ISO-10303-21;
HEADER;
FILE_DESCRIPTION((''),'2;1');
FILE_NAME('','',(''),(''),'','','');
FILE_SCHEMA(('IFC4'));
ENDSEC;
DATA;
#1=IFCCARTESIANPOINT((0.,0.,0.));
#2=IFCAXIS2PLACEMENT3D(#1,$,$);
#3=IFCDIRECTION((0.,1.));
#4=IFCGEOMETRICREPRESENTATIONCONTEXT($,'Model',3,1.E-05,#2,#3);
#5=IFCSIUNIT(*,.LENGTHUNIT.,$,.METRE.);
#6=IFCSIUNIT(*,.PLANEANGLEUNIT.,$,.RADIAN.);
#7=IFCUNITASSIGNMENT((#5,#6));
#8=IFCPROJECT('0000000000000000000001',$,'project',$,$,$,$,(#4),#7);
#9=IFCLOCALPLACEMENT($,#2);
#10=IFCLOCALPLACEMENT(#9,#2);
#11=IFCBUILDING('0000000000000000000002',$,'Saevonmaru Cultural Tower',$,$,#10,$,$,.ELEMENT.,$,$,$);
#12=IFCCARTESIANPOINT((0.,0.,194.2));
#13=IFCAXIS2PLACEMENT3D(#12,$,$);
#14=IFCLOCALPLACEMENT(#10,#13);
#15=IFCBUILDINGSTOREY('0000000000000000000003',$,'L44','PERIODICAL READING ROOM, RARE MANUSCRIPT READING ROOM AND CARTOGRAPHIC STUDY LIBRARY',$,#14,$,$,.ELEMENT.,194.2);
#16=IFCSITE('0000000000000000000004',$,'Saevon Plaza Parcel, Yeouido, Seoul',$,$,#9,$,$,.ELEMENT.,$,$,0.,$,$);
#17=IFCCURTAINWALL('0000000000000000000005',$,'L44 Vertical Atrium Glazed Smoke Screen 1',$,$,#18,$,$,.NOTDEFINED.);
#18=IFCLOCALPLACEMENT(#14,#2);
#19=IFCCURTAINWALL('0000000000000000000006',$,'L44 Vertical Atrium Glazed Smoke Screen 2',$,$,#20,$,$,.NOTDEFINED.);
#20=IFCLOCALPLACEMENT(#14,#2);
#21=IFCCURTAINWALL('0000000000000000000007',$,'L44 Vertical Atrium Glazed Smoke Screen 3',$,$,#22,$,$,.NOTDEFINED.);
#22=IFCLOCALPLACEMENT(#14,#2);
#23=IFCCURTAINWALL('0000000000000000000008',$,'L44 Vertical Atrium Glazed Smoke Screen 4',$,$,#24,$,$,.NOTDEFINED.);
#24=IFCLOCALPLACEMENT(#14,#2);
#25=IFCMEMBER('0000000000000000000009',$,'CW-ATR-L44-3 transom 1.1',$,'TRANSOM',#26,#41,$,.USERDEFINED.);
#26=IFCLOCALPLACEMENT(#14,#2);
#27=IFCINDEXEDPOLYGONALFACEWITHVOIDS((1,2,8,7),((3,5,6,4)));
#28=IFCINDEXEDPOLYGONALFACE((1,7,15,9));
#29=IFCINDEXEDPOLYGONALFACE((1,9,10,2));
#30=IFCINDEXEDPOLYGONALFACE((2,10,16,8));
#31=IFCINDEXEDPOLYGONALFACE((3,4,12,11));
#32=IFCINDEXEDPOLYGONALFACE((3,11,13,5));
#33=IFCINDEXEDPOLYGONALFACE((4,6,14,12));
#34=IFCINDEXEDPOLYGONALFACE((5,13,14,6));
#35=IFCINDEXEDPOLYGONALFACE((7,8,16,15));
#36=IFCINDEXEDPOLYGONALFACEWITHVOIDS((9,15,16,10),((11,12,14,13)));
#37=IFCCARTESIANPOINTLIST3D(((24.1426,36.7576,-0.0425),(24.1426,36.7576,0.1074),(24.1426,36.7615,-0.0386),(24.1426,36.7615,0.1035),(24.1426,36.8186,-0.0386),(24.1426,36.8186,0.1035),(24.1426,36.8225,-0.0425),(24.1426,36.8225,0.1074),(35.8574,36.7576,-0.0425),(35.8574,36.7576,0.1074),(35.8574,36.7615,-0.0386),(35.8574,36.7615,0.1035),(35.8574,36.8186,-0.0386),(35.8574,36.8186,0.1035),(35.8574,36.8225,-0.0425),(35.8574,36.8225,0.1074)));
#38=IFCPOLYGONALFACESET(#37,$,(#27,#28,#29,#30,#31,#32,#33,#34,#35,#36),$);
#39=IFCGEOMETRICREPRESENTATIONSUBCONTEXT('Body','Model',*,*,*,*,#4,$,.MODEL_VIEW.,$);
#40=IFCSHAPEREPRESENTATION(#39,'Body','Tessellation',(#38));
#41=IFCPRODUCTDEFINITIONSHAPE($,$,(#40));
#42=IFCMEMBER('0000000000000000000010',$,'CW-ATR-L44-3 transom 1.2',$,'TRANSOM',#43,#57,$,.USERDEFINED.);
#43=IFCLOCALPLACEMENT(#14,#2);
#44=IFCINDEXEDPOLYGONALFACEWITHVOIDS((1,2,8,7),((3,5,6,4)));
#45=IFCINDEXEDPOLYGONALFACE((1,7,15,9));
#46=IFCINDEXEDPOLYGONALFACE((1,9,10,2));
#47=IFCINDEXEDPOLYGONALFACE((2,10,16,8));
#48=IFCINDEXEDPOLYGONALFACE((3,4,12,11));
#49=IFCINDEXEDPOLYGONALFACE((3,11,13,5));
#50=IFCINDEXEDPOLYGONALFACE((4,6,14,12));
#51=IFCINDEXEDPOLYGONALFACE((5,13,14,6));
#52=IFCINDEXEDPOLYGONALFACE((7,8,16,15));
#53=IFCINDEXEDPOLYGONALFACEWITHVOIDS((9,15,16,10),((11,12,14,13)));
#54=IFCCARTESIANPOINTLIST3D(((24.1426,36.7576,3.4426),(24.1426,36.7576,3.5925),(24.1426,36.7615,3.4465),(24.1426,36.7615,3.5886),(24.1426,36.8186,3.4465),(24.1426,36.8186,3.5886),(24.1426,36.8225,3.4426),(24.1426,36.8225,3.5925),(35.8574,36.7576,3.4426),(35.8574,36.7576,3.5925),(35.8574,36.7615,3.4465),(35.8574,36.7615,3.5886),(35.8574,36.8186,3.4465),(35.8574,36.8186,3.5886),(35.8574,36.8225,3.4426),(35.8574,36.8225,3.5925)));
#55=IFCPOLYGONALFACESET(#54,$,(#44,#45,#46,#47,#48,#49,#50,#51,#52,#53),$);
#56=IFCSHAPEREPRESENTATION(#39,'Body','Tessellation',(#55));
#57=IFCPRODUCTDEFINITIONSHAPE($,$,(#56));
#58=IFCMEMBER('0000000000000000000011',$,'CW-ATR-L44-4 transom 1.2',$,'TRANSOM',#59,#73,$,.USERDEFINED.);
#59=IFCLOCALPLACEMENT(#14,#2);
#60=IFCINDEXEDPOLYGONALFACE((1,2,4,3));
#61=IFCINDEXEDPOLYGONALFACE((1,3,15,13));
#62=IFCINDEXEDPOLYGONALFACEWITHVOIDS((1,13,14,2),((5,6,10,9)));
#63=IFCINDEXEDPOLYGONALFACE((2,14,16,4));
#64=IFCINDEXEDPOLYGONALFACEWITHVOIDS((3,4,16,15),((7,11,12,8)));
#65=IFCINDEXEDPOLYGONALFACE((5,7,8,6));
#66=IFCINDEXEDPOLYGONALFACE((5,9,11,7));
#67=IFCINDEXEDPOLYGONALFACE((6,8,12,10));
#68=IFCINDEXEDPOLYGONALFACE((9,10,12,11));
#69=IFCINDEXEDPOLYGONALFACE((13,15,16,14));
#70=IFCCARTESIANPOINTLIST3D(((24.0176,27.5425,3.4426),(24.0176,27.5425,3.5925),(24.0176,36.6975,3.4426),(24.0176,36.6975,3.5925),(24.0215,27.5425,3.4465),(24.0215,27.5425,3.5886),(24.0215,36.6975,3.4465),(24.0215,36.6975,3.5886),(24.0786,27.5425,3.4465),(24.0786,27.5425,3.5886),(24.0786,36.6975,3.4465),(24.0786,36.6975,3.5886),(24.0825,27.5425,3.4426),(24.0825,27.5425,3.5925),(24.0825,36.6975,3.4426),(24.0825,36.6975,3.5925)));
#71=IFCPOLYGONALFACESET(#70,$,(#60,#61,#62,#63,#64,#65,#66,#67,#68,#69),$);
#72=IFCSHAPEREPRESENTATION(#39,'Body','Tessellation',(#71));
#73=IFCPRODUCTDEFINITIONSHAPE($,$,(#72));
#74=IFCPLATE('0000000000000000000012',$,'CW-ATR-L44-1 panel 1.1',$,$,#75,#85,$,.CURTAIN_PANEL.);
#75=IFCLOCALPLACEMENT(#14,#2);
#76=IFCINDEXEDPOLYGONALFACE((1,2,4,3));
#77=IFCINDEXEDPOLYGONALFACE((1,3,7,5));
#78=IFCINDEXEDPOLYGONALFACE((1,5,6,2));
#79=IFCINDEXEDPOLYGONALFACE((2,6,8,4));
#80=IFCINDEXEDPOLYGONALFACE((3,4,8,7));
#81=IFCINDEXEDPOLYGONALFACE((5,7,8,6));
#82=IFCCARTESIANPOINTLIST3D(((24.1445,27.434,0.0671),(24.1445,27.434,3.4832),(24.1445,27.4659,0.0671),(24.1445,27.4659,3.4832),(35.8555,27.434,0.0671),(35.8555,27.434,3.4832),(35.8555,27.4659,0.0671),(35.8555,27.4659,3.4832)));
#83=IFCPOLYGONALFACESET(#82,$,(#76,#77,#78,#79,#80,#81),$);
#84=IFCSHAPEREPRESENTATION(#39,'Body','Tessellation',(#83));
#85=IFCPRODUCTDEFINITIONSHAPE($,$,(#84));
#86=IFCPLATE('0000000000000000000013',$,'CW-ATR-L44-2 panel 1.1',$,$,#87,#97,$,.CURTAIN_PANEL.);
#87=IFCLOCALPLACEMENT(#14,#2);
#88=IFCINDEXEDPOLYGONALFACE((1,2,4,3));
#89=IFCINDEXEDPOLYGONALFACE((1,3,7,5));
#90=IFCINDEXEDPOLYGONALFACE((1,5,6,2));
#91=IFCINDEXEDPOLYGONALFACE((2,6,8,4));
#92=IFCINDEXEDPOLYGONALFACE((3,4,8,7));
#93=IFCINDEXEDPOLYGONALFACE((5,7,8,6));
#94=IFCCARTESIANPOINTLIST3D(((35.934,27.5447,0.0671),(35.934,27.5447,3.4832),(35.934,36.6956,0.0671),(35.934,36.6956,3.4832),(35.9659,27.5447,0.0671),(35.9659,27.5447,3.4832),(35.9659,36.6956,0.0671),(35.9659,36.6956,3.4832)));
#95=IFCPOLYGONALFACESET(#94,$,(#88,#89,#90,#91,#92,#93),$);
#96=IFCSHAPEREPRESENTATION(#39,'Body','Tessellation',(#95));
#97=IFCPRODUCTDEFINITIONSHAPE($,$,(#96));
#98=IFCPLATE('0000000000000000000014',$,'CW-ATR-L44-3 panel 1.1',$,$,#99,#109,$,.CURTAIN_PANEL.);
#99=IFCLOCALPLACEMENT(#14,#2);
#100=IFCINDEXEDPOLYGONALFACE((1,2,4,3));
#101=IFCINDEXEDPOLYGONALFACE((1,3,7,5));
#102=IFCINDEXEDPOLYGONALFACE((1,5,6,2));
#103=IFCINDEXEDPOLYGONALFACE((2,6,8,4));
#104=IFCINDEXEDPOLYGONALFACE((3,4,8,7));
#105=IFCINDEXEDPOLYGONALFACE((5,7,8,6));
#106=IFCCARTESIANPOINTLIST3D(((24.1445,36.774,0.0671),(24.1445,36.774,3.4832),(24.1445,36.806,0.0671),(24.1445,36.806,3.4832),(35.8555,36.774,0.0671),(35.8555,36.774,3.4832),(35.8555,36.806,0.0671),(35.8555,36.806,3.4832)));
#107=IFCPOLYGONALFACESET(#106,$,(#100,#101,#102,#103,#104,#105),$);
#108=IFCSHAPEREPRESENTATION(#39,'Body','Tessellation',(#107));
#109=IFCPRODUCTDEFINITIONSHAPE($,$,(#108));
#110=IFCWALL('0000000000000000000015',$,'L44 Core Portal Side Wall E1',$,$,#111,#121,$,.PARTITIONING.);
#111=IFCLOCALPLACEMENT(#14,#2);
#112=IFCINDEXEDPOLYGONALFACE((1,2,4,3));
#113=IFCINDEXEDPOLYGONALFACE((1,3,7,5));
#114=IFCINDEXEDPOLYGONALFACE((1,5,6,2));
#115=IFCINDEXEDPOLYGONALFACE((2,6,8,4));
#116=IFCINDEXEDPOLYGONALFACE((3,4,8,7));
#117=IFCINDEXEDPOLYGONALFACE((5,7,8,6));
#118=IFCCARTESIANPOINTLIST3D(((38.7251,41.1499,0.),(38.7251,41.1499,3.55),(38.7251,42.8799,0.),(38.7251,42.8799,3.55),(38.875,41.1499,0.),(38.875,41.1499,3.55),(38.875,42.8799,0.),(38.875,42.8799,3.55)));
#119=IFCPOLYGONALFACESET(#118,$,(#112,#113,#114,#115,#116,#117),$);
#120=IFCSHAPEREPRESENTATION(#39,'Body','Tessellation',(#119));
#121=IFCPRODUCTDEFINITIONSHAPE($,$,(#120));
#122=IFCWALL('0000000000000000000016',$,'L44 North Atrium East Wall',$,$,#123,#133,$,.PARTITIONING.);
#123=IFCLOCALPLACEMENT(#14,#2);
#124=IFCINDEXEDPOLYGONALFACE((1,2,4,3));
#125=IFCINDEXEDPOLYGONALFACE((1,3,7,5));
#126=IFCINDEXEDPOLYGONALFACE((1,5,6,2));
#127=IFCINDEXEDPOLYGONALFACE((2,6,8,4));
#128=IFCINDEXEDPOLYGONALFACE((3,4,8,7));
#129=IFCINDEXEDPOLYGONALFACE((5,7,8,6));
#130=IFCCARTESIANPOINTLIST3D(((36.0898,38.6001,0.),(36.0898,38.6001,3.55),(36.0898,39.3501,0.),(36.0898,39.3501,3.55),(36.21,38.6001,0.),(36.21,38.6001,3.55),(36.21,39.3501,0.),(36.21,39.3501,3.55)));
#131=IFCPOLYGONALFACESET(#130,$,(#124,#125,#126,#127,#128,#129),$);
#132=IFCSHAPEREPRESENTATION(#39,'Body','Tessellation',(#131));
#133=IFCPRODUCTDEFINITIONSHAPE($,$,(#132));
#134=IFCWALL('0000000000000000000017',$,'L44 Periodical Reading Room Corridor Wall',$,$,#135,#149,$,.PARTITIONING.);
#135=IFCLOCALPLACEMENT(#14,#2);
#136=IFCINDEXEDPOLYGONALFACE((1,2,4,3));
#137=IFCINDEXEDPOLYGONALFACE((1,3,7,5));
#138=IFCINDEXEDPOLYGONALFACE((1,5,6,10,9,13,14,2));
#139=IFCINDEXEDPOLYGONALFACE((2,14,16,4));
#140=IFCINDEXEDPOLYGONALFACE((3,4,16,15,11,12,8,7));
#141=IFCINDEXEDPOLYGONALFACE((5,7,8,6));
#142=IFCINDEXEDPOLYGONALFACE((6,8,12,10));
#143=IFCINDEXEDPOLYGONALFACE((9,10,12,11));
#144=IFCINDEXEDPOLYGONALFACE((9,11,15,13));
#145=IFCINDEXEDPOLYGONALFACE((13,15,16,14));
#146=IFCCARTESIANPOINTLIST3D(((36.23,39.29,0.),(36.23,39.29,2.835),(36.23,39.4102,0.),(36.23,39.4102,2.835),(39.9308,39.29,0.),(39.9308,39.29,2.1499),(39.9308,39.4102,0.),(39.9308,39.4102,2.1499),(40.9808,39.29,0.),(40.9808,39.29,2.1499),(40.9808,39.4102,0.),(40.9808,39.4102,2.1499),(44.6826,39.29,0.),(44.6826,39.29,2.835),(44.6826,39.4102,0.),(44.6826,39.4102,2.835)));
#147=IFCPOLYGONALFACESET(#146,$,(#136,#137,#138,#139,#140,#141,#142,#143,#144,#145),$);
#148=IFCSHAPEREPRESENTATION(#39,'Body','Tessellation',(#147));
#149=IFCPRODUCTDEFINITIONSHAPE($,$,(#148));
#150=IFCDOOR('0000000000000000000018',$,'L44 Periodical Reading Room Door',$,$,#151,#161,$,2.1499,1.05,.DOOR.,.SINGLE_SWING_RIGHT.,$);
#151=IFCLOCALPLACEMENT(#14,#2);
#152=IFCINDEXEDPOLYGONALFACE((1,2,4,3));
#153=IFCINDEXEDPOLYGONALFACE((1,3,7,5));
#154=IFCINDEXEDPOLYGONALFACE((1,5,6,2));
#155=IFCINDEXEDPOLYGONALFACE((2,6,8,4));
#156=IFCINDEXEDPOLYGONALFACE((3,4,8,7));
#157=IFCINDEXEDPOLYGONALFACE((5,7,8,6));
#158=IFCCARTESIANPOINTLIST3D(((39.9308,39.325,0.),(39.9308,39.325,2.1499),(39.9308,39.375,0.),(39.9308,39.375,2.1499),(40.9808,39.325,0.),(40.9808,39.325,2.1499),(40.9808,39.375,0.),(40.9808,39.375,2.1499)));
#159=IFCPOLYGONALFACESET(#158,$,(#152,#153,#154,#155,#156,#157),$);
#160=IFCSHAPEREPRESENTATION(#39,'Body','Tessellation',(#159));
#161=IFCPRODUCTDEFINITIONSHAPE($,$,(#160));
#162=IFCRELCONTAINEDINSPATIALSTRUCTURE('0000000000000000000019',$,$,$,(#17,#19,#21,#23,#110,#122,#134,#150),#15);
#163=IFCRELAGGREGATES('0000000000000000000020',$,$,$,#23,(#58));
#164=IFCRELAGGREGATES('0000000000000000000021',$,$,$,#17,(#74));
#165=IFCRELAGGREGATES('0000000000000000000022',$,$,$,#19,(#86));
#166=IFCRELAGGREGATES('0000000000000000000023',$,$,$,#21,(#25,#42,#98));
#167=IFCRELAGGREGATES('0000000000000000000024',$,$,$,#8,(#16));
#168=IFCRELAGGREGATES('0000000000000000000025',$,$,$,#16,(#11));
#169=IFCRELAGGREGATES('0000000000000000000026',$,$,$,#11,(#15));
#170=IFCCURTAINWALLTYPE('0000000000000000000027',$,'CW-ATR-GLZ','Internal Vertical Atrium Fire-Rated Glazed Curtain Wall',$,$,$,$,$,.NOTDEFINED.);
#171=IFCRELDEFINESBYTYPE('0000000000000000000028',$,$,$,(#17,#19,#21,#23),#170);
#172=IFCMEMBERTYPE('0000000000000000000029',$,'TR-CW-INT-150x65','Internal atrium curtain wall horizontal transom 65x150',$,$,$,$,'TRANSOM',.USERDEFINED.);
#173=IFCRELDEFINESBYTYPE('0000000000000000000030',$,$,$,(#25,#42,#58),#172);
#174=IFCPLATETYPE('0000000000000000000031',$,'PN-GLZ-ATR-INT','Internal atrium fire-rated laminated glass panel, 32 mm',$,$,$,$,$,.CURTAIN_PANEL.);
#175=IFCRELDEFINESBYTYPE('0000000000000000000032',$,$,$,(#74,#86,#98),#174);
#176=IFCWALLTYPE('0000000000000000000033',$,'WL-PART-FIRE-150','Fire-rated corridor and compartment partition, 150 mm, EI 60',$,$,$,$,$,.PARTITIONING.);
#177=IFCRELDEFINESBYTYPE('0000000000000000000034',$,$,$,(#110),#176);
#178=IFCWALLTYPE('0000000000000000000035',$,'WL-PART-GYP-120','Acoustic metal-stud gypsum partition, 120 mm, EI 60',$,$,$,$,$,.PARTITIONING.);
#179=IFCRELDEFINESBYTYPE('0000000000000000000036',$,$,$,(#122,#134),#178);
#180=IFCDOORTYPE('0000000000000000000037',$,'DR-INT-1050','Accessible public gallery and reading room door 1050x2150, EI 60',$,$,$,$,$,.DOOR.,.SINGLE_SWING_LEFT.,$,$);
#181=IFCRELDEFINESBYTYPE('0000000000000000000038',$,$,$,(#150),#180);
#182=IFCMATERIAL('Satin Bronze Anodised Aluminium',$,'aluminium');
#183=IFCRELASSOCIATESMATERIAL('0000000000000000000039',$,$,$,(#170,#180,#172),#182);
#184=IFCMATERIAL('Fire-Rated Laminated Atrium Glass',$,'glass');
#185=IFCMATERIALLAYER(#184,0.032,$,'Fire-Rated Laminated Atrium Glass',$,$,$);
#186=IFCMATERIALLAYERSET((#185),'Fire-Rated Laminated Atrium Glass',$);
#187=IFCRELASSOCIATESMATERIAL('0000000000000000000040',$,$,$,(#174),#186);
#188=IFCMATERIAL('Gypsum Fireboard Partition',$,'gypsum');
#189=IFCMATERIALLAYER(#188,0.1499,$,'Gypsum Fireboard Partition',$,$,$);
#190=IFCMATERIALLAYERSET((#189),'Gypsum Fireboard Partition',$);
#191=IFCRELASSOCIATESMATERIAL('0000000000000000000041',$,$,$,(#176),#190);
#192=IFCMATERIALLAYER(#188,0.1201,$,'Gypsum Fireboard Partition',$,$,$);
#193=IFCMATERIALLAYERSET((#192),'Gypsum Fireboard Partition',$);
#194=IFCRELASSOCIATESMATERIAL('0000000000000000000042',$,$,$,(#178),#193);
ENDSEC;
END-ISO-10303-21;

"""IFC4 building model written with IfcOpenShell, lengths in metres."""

from ifc_helpers import new_model, si_unit, direction, frame, frame_2d, origin, origin_2d, place, context, subcontext, project, spatial, rectangle, hollow_rectangle, extrude, material, layer, layer_set, material_profile, profile_set, type_object, element, fill, aggregate, save


model = new_model("IFC4")

# Units and contexts
model_context = context("Model", 3, precision=1e-05, world=origin(), true_north=direction((0.0, 1.0)))
body_context = subcontext(model_context, "Body", "Model", "MODEL_VIEW")
ifc_project = project(units=[si_unit("LENGTHUNIT", "METRE"), si_unit("PLANEANGLEUNIT", "RADIAN")], contexts=[model_context])

# Site, building, storey
site_placement = place(None, origin())
site = spatial("IfcSite", under=ifc_project, at=site_placement, Name="Saevon Plaza Parcel, Yeouido, Seoul", CompositionType="ELEMENT", RefElevation=0.0)
building_placement = place(site_placement, origin())
building = spatial("IfcBuilding", under=site, at=building_placement, Name="Saevonmaru Cultural Tower", CompositionType="ELEMENT")
storey_placement = place(building_placement, frame((0.0, 0.0, 194.2)))
storey = spatial("IfcBuildingStorey", under=building, at=storey_placement, Name="L44", Description="PERIODICAL READING ROOM, RARE MANUSCRIPT READING ROOM AND CARTOGRAPHIC STUDY LIBRARY", CompositionType="ELEMENT", Elevation=194.2)

# Curtain walls
ifc_material_1 = material(Name="Satin Bronze Anodised Aluminium", Category="aluminium")
curtain_wall_type = type_object("IfcCurtainWallType", Name="CW-ATR-GLZ", Description="Internal Vertical Atrium Fire-Rated Glazed Curtain Wall", PredefinedType="NOTDEFINED", material=ifc_material_1)
curtain_wall_1_placement = place(storey_placement, origin())
curtain_wall_1 = element("IfcCurtainWall", 1, at=curtain_wall_1_placement, inside=storey, type_object=curtain_wall_type, Name="L44 Vertical Atrium Glazed Smoke Screen 1", PredefinedType="NOTDEFINED")
curtain_wall_2_placement = place(storey_placement, origin())
curtain_wall_2 = element("IfcCurtainWall", 2, at=curtain_wall_2_placement, inside=storey, type_object=curtain_wall_type, Name="L44 Vertical Atrium Glazed Smoke Screen 2", PredefinedType="NOTDEFINED")
curtain_wall_3_placement = place(storey_placement, origin())
curtain_wall_3 = element("IfcCurtainWall", 3, at=curtain_wall_3_placement, inside=storey, type_object=curtain_wall_type, Name="L44 Vertical Atrium Glazed Smoke Screen 3", PredefinedType="NOTDEFINED")

# Curtain wall
curtain_wall_4_placement = place(storey_placement, origin())
curtain_wall_4 = element("IfcCurtainWall", 4, at=curtain_wall_4_placement, inside=storey, type_object=curtain_wall_type, Name="L44 Vertical Atrium Glazed Smoke Screen 4", PredefinedType="NOTDEFINED")

# Members
ifc_material_profile_1 = material_profile(ifc_material_1, hollow_rectangle(XDim=0.0649, YDim=0.1499, WallThickness=0.0039, at=origin_2d()), Name="ALU-TRAN-150x65x4")
ifc_profile_set_1 = profile_set([ifc_material_profile_1], Name="Satin Bronze Anodised Aluminium")
member_type_1 = type_object("IfcMemberType", Name="TR-CW-INT-150x65", Description="Internal atrium curtain wall horizontal transom 65x150", ElementType="TRANSOM", PredefinedType="USERDEFINED", material=ifc_profile_set_1)
member_1_placement = place(storey_placement, frame((35.8574, 36.79, 0.0325), z_axis=(-1.0, 0.0, 0.0), x_axis=(0.0, -1.0, 0.0)))
member_1 = element("IfcMember", 5, at=member_1_placement, type_object=member_type_1, Name="CW-ATR-L44-3 transom 1.1", ObjectType="TRANSOM", PredefinedType="USERDEFINED", context=body_context, shape_type="SweptSolid", body=[
    extrude(hollow_rectangle(XDim=0.0649, YDim=0.1499, WallThickness=0.0039, at=origin_2d()), origin(), (0.0, 0.0, 1.0), 11.7148),
])
member_2_placement = place(storey_placement, frame((35.8574, 36.79, 3.5176), z_axis=(-1.0, 0.0, 0.0), x_axis=(0.0, -1.0, 0.0)))
member_2 = element("IfcMember", 6, at=member_2_placement, type_object=member_type_1, Name="CW-ATR-L44-3 transom 1.2", ObjectType="TRANSOM", PredefinedType="USERDEFINED", context=body_context, shape_type="SweptSolid", body=[
    extrude(hollow_rectangle(XDim=0.0649, YDim=0.1499, WallThickness=0.0039, at=origin_2d()), origin(), (0.0, 0.0, 1.0), 11.7148),
])
member_3_placement = place(storey_placement, frame((24.05, 36.6975, 3.5176), z_axis=(0.0, -1.0, 0.0), x_axis=(1.0, 0.0, 0.0)))
member_3 = element("IfcMember", 7, at=member_3_placement, type_object=member_type_1, Name="CW-ATR-L44-4 transom 1.2", ObjectType="TRANSOM", PredefinedType="USERDEFINED", context=body_context, shape_type="SweptSolid", body=[
    extrude(hollow_rectangle(XDim=0.0649, YDim=0.1499, WallThickness=0.0039, at=origin_2d()), origin(), (0.0, 0.0, 1.0), 9.155),
])
aggregate(curtain_wall_4, [member_3])

# Plates
ifc_material_2 = material(Name="Fire-Rated Laminated Atrium Glass", Category="glass")
ifc_layer_1 = layer(ifc_material_2, 0.032, Name="Fire-Rated Laminated Atrium Glass")
ifc_layer_set_1 = layer_set([ifc_layer_1], Name="Fire-Rated Laminated Atrium Glass")
plate_type = type_object("IfcPlateType", Name="PN-GLZ-ATR-INT", Description="Internal atrium fire-rated laminated glass panel, 32 mm", PredefinedType="CURTAIN_PANEL", material=ifc_layer_set_1)
plate_1_placement = place(storey_placement, frame((30.0, 27.45, 0.0671), z_axis=(0.0, 0.0, 1.0), x_axis=(1.0, 0.0, 0.0)))
plate_1 = element("IfcPlate", 8, at=plate_1_placement, type_object=plate_type, Name="CW-ATR-L44-1 panel 1.1", PredefinedType="CURTAIN_PANEL", context=body_context, shape_type="SweptSolid", body=[
    extrude(rectangle(XDim=11.7109, YDim=0.032, at=origin_2d()), origin(), (0.0, 0.0, 1.0), 3.416),
])
aggregate(curtain_wall_1, [plate_1])
plate_2_placement = place(storey_placement, frame((35.95, 32.1201, 0.0671), z_axis=(0.0, 0.0, 1.0), x_axis=(0.0, 1.0, 0.0)))
plate_2 = element("IfcPlate", 9, at=plate_2_placement, type_object=plate_type, Name="CW-ATR-L44-2 panel 1.1", PredefinedType="CURTAIN_PANEL", context=body_context, shape_type="SweptSolid", body=[
    extrude(rectangle(XDim=9.1509, YDim=0.032, at=origin_2d()), origin(), (0.0, 0.0, 1.0), 3.416),
])
aggregate(curtain_wall_2, [plate_2])
plate_3_placement = place(storey_placement, frame((30.0, 36.79, 0.0671), z_axis=(0.0, 0.0, 1.0), x_axis=(-1.0, 0.0, 0.0)))
plate_3 = element("IfcPlate", 10, at=plate_3_placement, type_object=plate_type, Name="CW-ATR-L44-3 panel 1.1", PredefinedType="CURTAIN_PANEL", context=body_context, shape_type="SweptSolid", body=[
    extrude(rectangle(XDim=11.7109, YDim=0.032, at=origin_2d()), origin(), (0.0, 0.0, 1.0), 3.416),
])
aggregate(curtain_wall_3, [member_1, member_2, plate_3])

# Walls
ifc_material_3 = material(Name="Gypsum Fireboard Partition", Category="gypsum")
ifc_layer_2 = layer(ifc_material_3, 0.1499, Name="Gypsum Fireboard Partition")
ifc_layer_set_2 = layer_set([ifc_layer_2], Name="Gypsum Fireboard Partition")
wall_type_1 = type_object("IfcWallType", Name="WL-PART-FIRE-150", Description="Fire-rated corridor and compartment partition, 150 mm, EI 60", PredefinedType="PARTITIONING", material=ifc_layer_set_2)
wall_1_placement = place(storey_placement, frame((38.8, 41.1499, 0.0), z_axis=(0.0, 0.0, 1.0), x_axis=(0.0, 1.0, 0.0)))
element("IfcWall", 11, at=wall_1_placement, inside=storey, type_object=wall_type_1, Name="L44 Core Portal Side Wall E1", PredefinedType="PARTITIONING", context=body_context, shape_type="SweptSolid", body=[
    extrude(rectangle(XDim=1.73, YDim=0.1499, at=frame_2d((0.865, 0.0))), origin(), (0.0, 0.0, 1.0), 3.55),
])
ifc_layer_3 = layer(ifc_material_3, 0.1201, Name="Gypsum Fireboard Partition")
ifc_layer_set_3 = layer_set([ifc_layer_3], Name="Gypsum Fireboard Partition")
wall_type_2 = type_object("IfcWallType", Name="WL-PART-GYP-120", Description="Acoustic metal-stud gypsum partition, 120 mm, EI 60", PredefinedType="PARTITIONING", material=ifc_layer_set_3)
wall_2_placement = place(storey_placement, frame((36.1499, 38.6001, 0.0), z_axis=(0.0, 0.0, 1.0), x_axis=(0.0, 1.0, 0.0)))
element("IfcWall", 12, at=wall_2_placement, inside=storey, type_object=wall_type_2, Name="L44 North Atrium East Wall", PredefinedType="PARTITIONING", context=body_context, shape_type="SweptSolid", body=[
    extrude(rectangle(XDim=0.75, YDim=0.1201, at=frame_2d((0.375, 0.0))), origin(), (0.0, 0.0, 1.0), 3.55),
])

# Wall, opening, door
wall_3_placement = place(storey_placement, frame((36.23, 39.3501, 0.0), z_axis=(0.0, 0.0, 1.0), x_axis=(1.0, 0.0, 0.0)))
wall_3 = element("IfcWall", 13, at=wall_3_placement, inside=storey, type_object=wall_type_2, Name="L44 Periodical Reading Room Corridor Wall", PredefinedType="PARTITIONING", context=body_context, shape_type="SweptSolid", body=[
    extrude(rectangle(XDim=8.4526, YDim=0.1201, at=frame_2d((4.2263, 0.0))), origin(), (0.0, 0.0, 1.0), 2.835),
])
opening_placement = place(wall_3_placement, frame((3.7009, 0.0, 0.0)))
opening = element("IfcOpeningElement", 14, at=opening_placement, cuts=wall_3, PredefinedType="OPENING", context=body_context, shape_type="SweptSolid", body=[
    extrude(rectangle(XDim=1.05, YDim=2.1499, at=frame_2d((0.5249, 1.075))), frame((0.0, 0.0701, 0.0), z_axis=(0.0, -1.0, 0.0), x_axis=(1.0, 0.0, 0.0)), (0.0, 0.0, 1.0), 0.1401),
])
door_type = type_object("IfcDoorType", Name="DR-INT-1050", Description="Accessible public gallery and reading room door 1050x2150, EI 60", OperationType="SINGLE_SWING_LEFT", PredefinedType="DOOR", material=ifc_material_1)
door_placement = place(opening_placement, origin())
door = element("IfcDoor", 15, at=door_placement, inside=storey, type_object=door_type, Name="L44 Periodical Reading Room Door", OperationType="SINGLE_SWING_RIGHT", OverallHeight=2.1499, OverallWidth=1.05, PredefinedType="DOOR", context=body_context, shape_type="SweptSolid", body=[
    extrude(rectangle(XDim=1.05, YDim=2.1499, at=frame_2d((0.5249, 1.075))), frame((0.0, 0.0249, 0.0), z_axis=(0.0, -1.0, 0.0), x_axis=(1.0, 0.0, 0.0)), (0.0, 0.0, 1.0), 0.05),
])
fill(opening, door)

save(model, "model.ifc")
